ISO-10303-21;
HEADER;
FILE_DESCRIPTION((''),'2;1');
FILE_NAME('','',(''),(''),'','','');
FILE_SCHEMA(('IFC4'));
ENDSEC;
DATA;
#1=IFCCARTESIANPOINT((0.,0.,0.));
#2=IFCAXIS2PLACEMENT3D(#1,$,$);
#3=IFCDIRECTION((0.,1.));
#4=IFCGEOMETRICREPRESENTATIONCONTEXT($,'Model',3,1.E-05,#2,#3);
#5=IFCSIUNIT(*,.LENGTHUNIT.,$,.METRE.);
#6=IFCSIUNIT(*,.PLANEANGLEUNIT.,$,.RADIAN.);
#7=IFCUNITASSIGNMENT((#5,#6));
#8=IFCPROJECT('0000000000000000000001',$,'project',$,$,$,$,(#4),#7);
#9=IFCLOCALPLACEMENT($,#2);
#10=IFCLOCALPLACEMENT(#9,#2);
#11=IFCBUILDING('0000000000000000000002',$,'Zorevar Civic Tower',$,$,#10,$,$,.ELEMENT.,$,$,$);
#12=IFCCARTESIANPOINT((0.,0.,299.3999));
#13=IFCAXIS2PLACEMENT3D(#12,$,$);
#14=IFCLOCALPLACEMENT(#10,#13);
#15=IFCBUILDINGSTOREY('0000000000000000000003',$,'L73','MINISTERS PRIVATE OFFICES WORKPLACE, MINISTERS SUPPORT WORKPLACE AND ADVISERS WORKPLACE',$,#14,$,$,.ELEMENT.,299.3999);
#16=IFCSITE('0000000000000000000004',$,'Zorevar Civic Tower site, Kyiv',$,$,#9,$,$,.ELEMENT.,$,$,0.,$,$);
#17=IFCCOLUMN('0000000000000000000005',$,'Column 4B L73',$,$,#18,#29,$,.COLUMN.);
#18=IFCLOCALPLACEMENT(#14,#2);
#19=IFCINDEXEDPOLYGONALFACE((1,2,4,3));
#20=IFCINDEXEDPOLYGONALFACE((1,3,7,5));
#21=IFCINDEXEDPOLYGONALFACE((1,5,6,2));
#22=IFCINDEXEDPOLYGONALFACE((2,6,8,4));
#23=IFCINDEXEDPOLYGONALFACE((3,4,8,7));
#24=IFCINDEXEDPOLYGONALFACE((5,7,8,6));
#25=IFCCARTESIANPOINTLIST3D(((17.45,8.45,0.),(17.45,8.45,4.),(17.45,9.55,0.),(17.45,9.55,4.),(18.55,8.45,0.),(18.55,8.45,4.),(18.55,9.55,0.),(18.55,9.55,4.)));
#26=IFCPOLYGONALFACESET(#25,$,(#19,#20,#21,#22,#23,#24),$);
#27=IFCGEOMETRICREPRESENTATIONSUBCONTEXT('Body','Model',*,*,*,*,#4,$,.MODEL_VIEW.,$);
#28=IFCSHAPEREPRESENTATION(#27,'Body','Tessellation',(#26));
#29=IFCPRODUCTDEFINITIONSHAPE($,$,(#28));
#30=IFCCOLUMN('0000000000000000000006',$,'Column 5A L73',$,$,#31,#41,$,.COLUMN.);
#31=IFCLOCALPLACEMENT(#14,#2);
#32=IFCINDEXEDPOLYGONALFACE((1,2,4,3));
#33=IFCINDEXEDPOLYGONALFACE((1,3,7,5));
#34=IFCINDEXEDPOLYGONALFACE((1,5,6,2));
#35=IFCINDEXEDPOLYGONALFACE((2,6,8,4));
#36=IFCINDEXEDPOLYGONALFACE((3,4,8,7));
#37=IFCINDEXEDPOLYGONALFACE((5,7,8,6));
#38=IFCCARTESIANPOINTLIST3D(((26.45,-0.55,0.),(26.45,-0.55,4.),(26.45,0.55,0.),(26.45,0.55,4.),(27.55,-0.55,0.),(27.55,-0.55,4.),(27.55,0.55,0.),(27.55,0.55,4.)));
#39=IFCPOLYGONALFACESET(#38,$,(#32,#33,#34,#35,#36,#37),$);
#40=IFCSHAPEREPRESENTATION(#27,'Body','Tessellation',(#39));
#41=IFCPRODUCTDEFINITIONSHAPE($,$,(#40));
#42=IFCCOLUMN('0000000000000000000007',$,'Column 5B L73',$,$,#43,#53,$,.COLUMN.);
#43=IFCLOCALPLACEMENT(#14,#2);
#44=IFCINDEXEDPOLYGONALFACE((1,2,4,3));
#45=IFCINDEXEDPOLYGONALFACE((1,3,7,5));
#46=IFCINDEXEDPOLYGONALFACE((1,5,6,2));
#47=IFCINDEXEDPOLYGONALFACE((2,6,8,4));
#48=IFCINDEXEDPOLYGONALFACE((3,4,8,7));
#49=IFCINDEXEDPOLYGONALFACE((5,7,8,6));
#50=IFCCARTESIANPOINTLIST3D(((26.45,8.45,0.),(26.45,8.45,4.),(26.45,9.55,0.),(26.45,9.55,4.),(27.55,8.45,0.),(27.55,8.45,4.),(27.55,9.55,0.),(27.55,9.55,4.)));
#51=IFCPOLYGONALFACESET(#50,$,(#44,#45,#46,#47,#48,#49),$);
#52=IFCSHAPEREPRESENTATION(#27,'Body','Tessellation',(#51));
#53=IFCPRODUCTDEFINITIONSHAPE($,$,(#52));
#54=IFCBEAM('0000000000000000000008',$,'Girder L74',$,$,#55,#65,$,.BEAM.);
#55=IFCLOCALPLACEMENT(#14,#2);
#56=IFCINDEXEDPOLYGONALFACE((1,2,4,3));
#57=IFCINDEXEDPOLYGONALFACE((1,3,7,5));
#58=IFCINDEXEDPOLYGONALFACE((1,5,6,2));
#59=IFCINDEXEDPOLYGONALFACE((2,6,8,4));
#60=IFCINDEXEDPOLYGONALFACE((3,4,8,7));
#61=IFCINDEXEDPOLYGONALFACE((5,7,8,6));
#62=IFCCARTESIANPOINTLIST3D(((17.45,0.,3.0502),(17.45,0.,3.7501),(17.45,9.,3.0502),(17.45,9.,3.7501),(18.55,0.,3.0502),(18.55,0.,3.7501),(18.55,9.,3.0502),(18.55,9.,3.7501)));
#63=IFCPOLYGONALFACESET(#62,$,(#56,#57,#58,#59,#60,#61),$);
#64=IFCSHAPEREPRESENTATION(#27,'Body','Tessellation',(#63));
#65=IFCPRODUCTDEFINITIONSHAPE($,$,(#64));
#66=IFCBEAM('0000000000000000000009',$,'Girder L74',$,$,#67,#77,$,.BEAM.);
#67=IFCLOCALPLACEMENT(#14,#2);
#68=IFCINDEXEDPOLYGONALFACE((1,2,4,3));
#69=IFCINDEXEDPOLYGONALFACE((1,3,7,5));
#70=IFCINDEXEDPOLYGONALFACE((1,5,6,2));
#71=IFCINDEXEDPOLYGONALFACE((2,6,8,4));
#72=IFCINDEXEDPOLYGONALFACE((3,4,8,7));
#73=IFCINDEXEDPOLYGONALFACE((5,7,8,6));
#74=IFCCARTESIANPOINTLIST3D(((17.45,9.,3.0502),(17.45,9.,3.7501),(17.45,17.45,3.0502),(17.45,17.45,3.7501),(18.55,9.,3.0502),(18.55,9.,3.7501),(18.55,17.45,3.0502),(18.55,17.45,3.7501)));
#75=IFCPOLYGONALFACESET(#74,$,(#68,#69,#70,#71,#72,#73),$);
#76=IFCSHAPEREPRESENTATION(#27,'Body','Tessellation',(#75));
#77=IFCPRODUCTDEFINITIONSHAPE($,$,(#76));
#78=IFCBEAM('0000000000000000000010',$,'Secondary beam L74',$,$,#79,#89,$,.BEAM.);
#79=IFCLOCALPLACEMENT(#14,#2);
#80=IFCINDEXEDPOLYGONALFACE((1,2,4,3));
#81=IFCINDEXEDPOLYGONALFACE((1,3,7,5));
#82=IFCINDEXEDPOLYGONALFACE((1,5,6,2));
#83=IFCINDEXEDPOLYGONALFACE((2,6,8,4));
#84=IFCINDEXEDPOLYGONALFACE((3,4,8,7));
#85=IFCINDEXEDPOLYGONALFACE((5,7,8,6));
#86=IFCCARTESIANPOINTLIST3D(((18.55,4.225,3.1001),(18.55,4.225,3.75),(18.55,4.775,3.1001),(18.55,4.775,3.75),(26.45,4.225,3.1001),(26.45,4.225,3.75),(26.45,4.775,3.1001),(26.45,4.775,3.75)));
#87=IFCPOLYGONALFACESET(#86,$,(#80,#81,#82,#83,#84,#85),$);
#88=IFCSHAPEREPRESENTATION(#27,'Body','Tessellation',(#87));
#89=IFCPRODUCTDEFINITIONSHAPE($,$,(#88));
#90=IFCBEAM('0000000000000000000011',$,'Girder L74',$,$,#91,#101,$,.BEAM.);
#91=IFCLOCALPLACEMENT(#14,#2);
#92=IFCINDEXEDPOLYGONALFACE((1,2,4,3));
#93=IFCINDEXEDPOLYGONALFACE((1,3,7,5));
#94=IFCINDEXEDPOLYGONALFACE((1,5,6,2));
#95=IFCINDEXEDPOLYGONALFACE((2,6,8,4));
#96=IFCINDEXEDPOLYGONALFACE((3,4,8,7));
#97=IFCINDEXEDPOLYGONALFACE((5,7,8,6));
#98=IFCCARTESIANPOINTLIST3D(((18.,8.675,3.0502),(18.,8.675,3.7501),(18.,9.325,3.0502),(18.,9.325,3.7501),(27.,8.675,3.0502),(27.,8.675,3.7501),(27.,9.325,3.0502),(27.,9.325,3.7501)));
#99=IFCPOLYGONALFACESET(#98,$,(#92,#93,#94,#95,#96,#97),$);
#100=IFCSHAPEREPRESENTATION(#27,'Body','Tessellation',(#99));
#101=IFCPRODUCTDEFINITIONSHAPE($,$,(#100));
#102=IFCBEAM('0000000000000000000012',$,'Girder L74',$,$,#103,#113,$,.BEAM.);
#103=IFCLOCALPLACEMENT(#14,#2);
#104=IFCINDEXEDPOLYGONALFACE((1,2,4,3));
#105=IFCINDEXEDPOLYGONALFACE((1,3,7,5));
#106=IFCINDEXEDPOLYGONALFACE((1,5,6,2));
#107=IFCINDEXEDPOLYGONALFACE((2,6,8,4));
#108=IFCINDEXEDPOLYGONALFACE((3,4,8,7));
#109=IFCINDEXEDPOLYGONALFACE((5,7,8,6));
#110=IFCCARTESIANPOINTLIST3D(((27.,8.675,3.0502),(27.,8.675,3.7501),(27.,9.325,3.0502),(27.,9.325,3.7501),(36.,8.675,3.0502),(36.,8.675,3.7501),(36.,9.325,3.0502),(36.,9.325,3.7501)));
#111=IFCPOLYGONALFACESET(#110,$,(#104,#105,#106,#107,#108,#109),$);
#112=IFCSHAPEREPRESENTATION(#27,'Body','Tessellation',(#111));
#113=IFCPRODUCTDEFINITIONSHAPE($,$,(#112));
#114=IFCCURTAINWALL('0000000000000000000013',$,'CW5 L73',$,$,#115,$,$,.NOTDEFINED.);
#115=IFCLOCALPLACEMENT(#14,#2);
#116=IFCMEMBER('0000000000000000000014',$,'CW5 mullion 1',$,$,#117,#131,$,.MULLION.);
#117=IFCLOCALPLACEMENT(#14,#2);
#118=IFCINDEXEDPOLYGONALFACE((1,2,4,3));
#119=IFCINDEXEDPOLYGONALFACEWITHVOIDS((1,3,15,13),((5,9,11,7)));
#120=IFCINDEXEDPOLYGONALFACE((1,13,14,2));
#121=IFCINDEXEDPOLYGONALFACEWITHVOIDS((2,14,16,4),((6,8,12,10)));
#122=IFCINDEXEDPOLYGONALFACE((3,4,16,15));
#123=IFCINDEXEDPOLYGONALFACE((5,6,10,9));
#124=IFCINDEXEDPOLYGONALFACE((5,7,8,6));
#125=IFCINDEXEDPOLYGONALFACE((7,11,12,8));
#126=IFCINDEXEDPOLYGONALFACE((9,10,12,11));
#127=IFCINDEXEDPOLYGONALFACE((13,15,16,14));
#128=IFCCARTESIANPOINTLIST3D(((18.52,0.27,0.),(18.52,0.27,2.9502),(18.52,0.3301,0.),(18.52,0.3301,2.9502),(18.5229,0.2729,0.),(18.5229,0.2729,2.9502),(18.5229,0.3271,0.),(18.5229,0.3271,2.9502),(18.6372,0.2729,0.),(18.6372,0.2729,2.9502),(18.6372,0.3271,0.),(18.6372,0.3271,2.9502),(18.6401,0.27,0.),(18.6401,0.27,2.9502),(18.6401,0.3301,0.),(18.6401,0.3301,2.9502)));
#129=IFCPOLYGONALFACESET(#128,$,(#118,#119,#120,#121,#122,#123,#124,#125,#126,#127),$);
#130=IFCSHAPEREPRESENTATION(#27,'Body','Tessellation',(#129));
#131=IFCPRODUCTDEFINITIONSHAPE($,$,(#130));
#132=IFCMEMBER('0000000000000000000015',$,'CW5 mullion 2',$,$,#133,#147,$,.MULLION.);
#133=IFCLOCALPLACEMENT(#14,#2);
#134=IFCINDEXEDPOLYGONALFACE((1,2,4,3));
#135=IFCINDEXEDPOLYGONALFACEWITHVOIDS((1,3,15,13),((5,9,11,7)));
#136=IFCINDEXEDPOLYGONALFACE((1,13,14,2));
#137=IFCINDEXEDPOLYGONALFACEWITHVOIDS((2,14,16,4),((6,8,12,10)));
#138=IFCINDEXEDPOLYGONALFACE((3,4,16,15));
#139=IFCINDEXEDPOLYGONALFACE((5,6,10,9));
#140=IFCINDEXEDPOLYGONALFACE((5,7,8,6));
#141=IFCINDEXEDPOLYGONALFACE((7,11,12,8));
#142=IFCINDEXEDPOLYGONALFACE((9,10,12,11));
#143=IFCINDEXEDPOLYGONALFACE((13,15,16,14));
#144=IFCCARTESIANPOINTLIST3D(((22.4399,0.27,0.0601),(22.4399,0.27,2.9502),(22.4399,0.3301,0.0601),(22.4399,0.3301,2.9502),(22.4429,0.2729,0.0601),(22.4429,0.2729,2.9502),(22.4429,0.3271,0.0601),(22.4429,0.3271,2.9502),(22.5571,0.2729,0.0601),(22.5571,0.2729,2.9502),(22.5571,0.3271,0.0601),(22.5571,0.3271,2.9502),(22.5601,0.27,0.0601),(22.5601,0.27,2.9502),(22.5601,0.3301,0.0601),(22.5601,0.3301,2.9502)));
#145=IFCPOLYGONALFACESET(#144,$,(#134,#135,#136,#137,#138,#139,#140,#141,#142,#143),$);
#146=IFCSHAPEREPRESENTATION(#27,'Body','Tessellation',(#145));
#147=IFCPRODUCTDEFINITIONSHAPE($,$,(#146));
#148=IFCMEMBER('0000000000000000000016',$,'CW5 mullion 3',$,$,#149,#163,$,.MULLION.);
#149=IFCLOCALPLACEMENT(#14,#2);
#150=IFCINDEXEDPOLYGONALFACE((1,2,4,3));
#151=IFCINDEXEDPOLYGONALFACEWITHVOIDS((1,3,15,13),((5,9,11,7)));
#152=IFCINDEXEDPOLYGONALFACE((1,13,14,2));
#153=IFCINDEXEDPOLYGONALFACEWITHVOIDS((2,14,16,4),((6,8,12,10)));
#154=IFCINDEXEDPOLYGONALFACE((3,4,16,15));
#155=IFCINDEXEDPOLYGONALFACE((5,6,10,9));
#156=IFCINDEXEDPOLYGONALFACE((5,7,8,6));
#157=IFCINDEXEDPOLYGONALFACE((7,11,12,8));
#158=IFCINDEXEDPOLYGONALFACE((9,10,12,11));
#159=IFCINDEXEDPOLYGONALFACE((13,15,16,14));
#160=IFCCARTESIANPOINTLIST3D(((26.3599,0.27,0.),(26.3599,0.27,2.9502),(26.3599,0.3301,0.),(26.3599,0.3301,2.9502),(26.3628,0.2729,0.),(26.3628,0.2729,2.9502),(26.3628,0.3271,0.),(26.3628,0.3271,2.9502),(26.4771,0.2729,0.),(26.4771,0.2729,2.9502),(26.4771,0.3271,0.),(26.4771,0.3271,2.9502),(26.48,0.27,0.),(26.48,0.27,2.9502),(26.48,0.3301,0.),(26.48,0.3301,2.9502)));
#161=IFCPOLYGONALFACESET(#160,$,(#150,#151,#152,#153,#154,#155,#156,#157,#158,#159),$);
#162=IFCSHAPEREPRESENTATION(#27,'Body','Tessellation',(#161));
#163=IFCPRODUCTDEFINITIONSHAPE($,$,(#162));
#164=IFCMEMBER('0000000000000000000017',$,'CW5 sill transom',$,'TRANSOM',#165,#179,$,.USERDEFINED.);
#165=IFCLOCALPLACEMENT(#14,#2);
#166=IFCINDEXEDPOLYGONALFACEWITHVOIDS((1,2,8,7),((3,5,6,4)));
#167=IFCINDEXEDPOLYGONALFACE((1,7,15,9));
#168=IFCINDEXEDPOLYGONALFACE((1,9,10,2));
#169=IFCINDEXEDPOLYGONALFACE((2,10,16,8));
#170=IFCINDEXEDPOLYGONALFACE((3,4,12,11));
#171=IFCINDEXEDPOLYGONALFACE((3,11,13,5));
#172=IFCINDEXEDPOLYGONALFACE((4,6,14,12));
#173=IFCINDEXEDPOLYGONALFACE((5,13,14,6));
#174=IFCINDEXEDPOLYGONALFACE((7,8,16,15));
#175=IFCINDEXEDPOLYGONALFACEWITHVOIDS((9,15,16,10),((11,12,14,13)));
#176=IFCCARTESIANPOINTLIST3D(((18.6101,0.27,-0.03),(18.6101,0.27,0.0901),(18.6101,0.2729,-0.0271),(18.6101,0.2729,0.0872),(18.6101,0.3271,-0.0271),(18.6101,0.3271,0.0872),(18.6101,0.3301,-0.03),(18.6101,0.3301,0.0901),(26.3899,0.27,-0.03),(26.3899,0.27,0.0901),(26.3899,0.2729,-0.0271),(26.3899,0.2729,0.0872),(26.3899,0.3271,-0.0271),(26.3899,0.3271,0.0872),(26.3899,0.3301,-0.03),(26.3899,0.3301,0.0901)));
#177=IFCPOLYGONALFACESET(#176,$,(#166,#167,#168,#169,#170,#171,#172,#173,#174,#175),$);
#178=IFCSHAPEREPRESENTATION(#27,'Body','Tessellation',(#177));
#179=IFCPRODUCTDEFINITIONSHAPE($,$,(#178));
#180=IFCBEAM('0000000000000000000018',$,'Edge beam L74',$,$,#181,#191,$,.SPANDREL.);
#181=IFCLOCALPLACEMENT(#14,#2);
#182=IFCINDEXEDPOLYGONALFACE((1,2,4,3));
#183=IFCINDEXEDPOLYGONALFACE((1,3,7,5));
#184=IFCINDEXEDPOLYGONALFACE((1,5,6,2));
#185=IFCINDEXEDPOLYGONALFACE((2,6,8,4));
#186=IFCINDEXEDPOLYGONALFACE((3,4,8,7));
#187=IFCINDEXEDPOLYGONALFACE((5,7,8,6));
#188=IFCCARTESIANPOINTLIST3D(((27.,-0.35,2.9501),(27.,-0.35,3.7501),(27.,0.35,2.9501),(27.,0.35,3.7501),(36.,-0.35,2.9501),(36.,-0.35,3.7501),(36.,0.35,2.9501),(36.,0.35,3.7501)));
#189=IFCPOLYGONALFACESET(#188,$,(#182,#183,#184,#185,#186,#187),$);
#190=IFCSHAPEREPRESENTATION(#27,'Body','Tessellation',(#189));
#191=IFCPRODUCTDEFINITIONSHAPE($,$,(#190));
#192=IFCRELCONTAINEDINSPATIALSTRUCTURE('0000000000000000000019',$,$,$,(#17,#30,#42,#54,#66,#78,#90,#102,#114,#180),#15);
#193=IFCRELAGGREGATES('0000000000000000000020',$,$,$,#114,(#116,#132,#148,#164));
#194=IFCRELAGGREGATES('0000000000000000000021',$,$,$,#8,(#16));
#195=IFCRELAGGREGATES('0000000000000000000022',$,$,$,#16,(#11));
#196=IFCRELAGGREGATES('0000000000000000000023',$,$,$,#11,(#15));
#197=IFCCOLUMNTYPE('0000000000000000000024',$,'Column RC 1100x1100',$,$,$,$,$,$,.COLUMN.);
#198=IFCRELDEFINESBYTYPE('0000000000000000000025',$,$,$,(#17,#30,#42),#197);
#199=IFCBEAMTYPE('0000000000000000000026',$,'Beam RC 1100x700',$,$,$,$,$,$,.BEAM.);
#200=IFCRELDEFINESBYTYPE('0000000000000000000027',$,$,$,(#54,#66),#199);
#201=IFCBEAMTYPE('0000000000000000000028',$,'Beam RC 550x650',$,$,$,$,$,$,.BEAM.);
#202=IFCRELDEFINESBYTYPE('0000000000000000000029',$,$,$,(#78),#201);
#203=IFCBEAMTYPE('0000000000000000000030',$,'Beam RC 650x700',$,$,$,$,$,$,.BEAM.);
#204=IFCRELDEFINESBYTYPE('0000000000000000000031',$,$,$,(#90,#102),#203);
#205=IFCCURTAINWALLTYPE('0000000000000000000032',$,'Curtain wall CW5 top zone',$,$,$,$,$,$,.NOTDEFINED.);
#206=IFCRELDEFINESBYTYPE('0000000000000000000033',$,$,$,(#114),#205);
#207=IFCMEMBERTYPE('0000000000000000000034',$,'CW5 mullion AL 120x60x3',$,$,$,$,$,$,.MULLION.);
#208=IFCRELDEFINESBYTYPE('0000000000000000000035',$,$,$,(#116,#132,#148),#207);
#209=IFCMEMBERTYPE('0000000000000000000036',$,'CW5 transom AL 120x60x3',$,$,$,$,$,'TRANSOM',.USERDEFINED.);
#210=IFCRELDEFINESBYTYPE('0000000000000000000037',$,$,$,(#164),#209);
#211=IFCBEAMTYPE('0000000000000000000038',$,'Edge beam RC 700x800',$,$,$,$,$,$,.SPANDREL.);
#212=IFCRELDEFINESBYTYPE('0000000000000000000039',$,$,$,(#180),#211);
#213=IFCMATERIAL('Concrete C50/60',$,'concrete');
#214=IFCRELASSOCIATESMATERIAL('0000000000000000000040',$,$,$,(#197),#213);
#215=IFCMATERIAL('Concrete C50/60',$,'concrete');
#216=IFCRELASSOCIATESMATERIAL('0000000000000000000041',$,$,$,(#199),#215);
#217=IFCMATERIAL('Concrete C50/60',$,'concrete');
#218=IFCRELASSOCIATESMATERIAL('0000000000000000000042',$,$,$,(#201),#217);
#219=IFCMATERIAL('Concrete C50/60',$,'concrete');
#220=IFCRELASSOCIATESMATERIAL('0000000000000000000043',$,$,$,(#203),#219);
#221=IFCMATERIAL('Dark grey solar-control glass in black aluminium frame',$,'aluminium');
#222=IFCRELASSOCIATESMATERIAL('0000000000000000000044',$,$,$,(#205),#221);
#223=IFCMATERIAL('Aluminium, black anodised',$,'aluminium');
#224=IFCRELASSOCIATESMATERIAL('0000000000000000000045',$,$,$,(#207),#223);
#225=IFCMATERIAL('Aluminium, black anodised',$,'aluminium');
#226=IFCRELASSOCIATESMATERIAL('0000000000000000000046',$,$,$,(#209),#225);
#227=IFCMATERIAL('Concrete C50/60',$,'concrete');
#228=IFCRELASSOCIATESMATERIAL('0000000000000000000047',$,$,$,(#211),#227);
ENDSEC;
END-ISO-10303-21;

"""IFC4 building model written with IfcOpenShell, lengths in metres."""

from ifc_helpers import new_model, si_unit, direction, frame, origin, origin_2d, place, context, subcontext, project, spatial, rectangle, hollow_rectangle, extrude, material, material_profile, profile_set, type_object, element, aggregate, save


model = new_model("IFC4")

# Units and contexts
model_context = context("Model", 3, precision=1e-05, world=origin(), true_north=direction((0.0, 1.0)))
body_context = subcontext(model_context, "Body", "Model", "MODEL_VIEW")
ifc_project = project(units=[si_unit("LENGTHUNIT", "METRE"), si_unit("PLANEANGLEUNIT", "RADIAN")], contexts=[model_context])

# Site, building, storey
site_placement = place(None, origin())
site = spatial("IfcSite", under=ifc_project, at=site_placement, Name="Zorevar Civic Tower site, Kyiv", CompositionType="ELEMENT", RefElevation=0.0)
building_placement = place(site_placement, origin())
building = spatial("IfcBuilding", under=site, at=building_placement, Name="Zorevar Civic Tower", CompositionType="ELEMENT")
storey_placement = place(building_placement, frame((0.0, 0.0, 299.3999)))
storey = spatial("IfcBuildingStorey", under=building, at=storey_placement, Name="L73", Description="MINISTERS PRIVATE OFFICES WORKPLACE, MINISTERS SUPPORT WORKPLACE AND ADVISERS WORKPLACE", CompositionType="ELEMENT", Elevation=299.3999)

# Columns
ifc_material_1 = material(Name="Concrete C50/60", Category="concrete")
ifc_material_profile_1 = material_profile(ifc_material_1, rectangle(XDim=1.1001, YDim=1.1001, at=origin_2d()), Name="RC 1100x1100")
ifc_profile_set_1 = profile_set([ifc_material_profile_1], Name="Concrete C50/60")
column_type = type_object("IfcColumnType", Name="Column RC 1100x1100", PredefinedType="COLUMN", material=ifc_profile_set_1)
for number, where, z_axis, x_axis, name in (
    (1, (18.0, 9.0, 0.0), (0.0, 0.0, 1.0), (1.0, 0.0, 0.0), "Column 4B L73"),
    (2, (27.0, 0.0, 0.0), (0.0, 0.0, 1.0), (1.0, 0.0, 0.0), "Column 5A L73"),
    (3, (27.0, 9.0, 0.0), (0.0, 0.0, 1.0), (1.0, 0.0, 0.0), "Column 5B L73"),
):
    element("IfcColumn", number, at=place(storey_placement, frame(where, z_axis=z_axis, x_axis=x_axis)), inside=storey, type_object=column_type, Name=name, PredefinedType="COLUMN", context=body_context, shape_type="SweptSolid", body=[
        extrude(rectangle(XDim=1.1001, YDim=1.1001, at=origin_2d()), origin(), (0.0, 0.0, 1.0), 4.0),
    ])

# Beams
ifc_material_2 = material(Name="Concrete C50/60", Category="concrete")
ifc_material_profile_2 = material_profile(ifc_material_2, rectangle(XDim=1.1001, YDim=0.7, at=origin_2d()), Name="RC 1100x700")
ifc_profile_set_2 = profile_set([ifc_material_profile_2], Name="Concrete C50/60")
beam_type_1 = type_object("IfcBeamType", Name="Beam RC 1100x700", PredefinedType="BEAM", material=ifc_profile_set_2)
beam_1_placement = place(storey_placement, frame((18.0, 0.0, 3.4001), z_axis=(0.0, 1.0, 0.0), x_axis=(-1.0, 0.0, 0.0)))
element("IfcBeam", 4, at=beam_1_placement, inside=storey, type_object=beam_type_1, Name="Girder L74", PredefinedType="BEAM", context=body_context, shape_type="SweptSolid", body=[
    extrude(rectangle(XDim=1.1001, YDim=0.7, at=origin_2d()), origin(), (0.0, 0.0, 1.0), 9.0),
])
beam_2_placement = place(storey_placement, frame((18.0, 9.0, 3.4001), z_axis=(0.0, 1.0, 0.0), x_axis=(-1.0, 0.0, 0.0)))
element("IfcBeam", 5, at=beam_2_placement, inside=storey, type_object=beam_type_1, Name="Girder L74", PredefinedType="BEAM", context=body_context, shape_type="SweptSolid", body=[
    extrude(rectangle(XDim=1.1001, YDim=0.7, at=origin_2d()), origin(), (0.0, 0.0, 1.0), 8.45),
])
ifc_material_3 = material(Name="Concrete C50/60", Category="concrete")
ifc_material_profile_3 = material_profile(ifc_material_3, rectangle(XDim=0.55, YDim=0.6499, at=origin_2d()), Name="RC 550x650")
ifc_profile_set_3 = profile_set([ifc_material_profile_3], Name="Concrete C50/60")
beam_type_2 = type_object("IfcBeamType", Name="Beam RC 550x650", PredefinedType="BEAM", material=ifc_profile_set_3)
beam_3_placement = place(storey_placement, frame((18.55, 4.5, 3.425), z_axis=(1.0, 0.0, 0.0), x_axis=(0.0, 1.0, 0.0)))
element("IfcBeam", 6, at=beam_3_placement, inside=storey, type_object=beam_type_2, Name="Secondary beam L74", PredefinedType="BEAM", context=body_context, shape_type="SweptSolid", body=[
    extrude(rectangle(XDim=0.55, YDim=0.6499, at=origin_2d()), origin(), (0.0, 0.0, 1.0), 7.8999),
])
ifc_material_4 = material(Name="Concrete C50/60", Category="concrete")
ifc_material_profile_4 = material_profile(ifc_material_4, rectangle(XDim=0.6499, YDim=0.7, at=origin_2d()), Name="RC 650x700")
ifc_profile_set_4 = profile_set([ifc_material_profile_4], Name="Concrete C50/60")
beam_type_3 = type_object("IfcBeamType", Name="Beam RC 650x700", PredefinedType="BEAM", material=ifc_profile_set_4)
for number, where, z_axis, x_axis, name in (
    (7, (18.0, 9.0, 3.4001), (1.0, 0.0, 0.0), (0.0, 1.0, 0.0), "Girder L74"),
    (8, (27.0, 9.0, 3.4001), (1.0, 0.0, 0.0), (0.0, 1.0, 0.0), "Girder L74"),
):
    element("IfcBeam", number, at=place(storey_placement, frame(where, z_axis=z_axis, x_axis=x_axis)), inside=storey, type_object=beam_type_3, Name=name, PredefinedType="BEAM", context=body_context, shape_type="SweptSolid", body=[
        extrude(rectangle(XDim=0.6499, YDim=0.7, at=origin_2d()), origin(), (0.0, 0.0, 1.0), 9.0),
    ])

# Curtain wall, members
ifc_material_5 = material(Name="Dark grey solar-control glass in black aluminium frame", Category="aluminium")
curtain_wall_type = type_object("IfcCurtainWallType", Name="Curtain wall CW5 top zone", PredefinedType="NOTDEFINED", material=ifc_material_5)
curtain_wall_placement = place(storey_placement, origin())
curtain_wall = element("IfcCurtainWall", 9, at=curtain_wall_placement, inside=storey, type_object=curtain_wall_type, Name="CW5 L73", PredefinedType="NOTDEFINED")
ifc_material_6 = material(Name="Aluminium, black anodised", Category="aluminium")
ifc_material_profile_5 = material_profile(ifc_material_6, hollow_rectangle(XDim=0.0601, YDim=0.1201, WallThickness=0.0029, at=origin_2d()), Name="AL 120x60x3")
ifc_profile_set_5 = profile_set([ifc_material_profile_5], Name="Aluminium, black anodised")
member_type_1 = type_object("IfcMemberType", Name="CW5 mullion AL 120x60x3", PredefinedType="MULLION", material=ifc_profile_set_5)
member_1_placement = place(storey_placement, frame((18.5801, 0.3, 0.0), z_axis=(0.0, 0.0, 1.0), x_axis=(0.0, 1.0, 0.0)))
member_1 = element("IfcMember", 10, at=member_1_placement, type_object=member_type_1, Name="CW5 mullion 1", PredefinedType="MULLION", context=body_context, shape_type="SweptSolid", body=[
    extrude(hollow_rectangle(XDim=0.0601, YDim=0.1201, WallThickness=0.0029, at=origin_2d()), origin(), (0.0, 0.0, 1.0), 2.9502),
])
member_2_placement = place(storey_placement, frame((22.5, 0.3, 0.0601), z_axis=(0.0, 0.0, 1.0), x_axis=(0.0, 1.0, 0.0)))
member_2 = element("IfcMember", 11, at=member_2_placement, type_object=member_type_1, Name="CW5 mullion 2", PredefinedType="MULLION", context=body_context, shape_type="SweptSolid", body=[
    extrude(hollow_rectangle(XDim=0.0601, YDim=0.1201, WallThickness=0.0029, at=origin_2d()), origin(), (0.0, 0.0, 1.0), 2.8901),
])
member_3_placement = place(storey_placement, frame((26.4199, 0.3, 0.0), z_axis=(0.0, 0.0, 1.0), x_axis=(0.0, 1.0, 0.0)))
member_3 = element("IfcMember", 12, at=member_3_placement, type_object=member_type_1, Name="CW5 mullion 3", PredefinedType="MULLION", context=body_context, shape_type="SweptSolid", body=[
    extrude(hollow_rectangle(XDim=0.0601, YDim=0.1201, WallThickness=0.0029, at=origin_2d()), origin(), (0.0, 0.0, 1.0), 2.9502),
])
ifc_material_7 = material(Name="Aluminium, black anodised", Category="aluminium")
ifc_material_profile_6 = material_profile(ifc_material_7, hollow_rectangle(XDim=0.0601, YDim=0.1201, WallThickness=0.0029, at=origin_2d()), Name="AL 120x60x3")
ifc_profile_set_6 = profile_set([ifc_material_profile_6], Name="Aluminium, black anodised")
member_type_2 = type_object("IfcMemberType", Name="CW5 transom AL 120x60x3", ElementType="TRANSOM", PredefinedType="USERDEFINED", material=ifc_profile_set_6)
member_4_placement = place(storey_placement, frame((18.6101, 0.3, 0.03), z_axis=(1.0, 0.0, 0.0), x_axis=(0.0, 1.0, 0.0)))
member_4 = element("IfcMember", 13, at=member_4_placement, type_object=member_type_2, Name="CW5 sill transom", ObjectType="TRANSOM", PredefinedType="USERDEFINED", context=body_context, shape_type="SweptSolid", body=[
    extrude(hollow_rectangle(XDim=0.0601, YDim=0.1201, WallThickness=0.0029, at=origin_2d()), origin(), (0.0, 0.0, 1.0), 7.7798),
])

# Beam
ifc_material_8 = material(Name="Concrete C50/60", Category="concrete")
ifc_material_profile_7 = material_profile(ifc_material_8, rectangle(XDim=0.7, YDim=0.8, at=origin_2d()), Name="RC 700x800")
ifc_profile_set_7 = profile_set([ifc_material_profile_7], Name="Concrete C50/60")
beam_type_4 = type_object("IfcBeamType", Name="Edge beam RC 700x800", PredefinedType="SPANDREL", material=ifc_profile_set_7)
beam_4_placement = place(storey_placement, frame((27.0, 0.0, 3.3501), z_axis=(1.0, 0.0, 0.0), x_axis=(0.0, 1.0, 0.0)))
element("IfcBeam", 14, at=beam_4_placement, inside=storey, type_object=beam_type_4, Name="Edge beam L74", PredefinedType="SPANDREL", context=body_context, shape_type="SweptSolid", body=[
    extrude(rectangle(XDim=0.7, YDim=0.8, at=origin_2d()), origin(), (0.0, 0.0, 1.0), 9.0),
])

aggregate(curtain_wall, [member_1, member_2, member_3, member_4])

save(model, "model.ifc")
